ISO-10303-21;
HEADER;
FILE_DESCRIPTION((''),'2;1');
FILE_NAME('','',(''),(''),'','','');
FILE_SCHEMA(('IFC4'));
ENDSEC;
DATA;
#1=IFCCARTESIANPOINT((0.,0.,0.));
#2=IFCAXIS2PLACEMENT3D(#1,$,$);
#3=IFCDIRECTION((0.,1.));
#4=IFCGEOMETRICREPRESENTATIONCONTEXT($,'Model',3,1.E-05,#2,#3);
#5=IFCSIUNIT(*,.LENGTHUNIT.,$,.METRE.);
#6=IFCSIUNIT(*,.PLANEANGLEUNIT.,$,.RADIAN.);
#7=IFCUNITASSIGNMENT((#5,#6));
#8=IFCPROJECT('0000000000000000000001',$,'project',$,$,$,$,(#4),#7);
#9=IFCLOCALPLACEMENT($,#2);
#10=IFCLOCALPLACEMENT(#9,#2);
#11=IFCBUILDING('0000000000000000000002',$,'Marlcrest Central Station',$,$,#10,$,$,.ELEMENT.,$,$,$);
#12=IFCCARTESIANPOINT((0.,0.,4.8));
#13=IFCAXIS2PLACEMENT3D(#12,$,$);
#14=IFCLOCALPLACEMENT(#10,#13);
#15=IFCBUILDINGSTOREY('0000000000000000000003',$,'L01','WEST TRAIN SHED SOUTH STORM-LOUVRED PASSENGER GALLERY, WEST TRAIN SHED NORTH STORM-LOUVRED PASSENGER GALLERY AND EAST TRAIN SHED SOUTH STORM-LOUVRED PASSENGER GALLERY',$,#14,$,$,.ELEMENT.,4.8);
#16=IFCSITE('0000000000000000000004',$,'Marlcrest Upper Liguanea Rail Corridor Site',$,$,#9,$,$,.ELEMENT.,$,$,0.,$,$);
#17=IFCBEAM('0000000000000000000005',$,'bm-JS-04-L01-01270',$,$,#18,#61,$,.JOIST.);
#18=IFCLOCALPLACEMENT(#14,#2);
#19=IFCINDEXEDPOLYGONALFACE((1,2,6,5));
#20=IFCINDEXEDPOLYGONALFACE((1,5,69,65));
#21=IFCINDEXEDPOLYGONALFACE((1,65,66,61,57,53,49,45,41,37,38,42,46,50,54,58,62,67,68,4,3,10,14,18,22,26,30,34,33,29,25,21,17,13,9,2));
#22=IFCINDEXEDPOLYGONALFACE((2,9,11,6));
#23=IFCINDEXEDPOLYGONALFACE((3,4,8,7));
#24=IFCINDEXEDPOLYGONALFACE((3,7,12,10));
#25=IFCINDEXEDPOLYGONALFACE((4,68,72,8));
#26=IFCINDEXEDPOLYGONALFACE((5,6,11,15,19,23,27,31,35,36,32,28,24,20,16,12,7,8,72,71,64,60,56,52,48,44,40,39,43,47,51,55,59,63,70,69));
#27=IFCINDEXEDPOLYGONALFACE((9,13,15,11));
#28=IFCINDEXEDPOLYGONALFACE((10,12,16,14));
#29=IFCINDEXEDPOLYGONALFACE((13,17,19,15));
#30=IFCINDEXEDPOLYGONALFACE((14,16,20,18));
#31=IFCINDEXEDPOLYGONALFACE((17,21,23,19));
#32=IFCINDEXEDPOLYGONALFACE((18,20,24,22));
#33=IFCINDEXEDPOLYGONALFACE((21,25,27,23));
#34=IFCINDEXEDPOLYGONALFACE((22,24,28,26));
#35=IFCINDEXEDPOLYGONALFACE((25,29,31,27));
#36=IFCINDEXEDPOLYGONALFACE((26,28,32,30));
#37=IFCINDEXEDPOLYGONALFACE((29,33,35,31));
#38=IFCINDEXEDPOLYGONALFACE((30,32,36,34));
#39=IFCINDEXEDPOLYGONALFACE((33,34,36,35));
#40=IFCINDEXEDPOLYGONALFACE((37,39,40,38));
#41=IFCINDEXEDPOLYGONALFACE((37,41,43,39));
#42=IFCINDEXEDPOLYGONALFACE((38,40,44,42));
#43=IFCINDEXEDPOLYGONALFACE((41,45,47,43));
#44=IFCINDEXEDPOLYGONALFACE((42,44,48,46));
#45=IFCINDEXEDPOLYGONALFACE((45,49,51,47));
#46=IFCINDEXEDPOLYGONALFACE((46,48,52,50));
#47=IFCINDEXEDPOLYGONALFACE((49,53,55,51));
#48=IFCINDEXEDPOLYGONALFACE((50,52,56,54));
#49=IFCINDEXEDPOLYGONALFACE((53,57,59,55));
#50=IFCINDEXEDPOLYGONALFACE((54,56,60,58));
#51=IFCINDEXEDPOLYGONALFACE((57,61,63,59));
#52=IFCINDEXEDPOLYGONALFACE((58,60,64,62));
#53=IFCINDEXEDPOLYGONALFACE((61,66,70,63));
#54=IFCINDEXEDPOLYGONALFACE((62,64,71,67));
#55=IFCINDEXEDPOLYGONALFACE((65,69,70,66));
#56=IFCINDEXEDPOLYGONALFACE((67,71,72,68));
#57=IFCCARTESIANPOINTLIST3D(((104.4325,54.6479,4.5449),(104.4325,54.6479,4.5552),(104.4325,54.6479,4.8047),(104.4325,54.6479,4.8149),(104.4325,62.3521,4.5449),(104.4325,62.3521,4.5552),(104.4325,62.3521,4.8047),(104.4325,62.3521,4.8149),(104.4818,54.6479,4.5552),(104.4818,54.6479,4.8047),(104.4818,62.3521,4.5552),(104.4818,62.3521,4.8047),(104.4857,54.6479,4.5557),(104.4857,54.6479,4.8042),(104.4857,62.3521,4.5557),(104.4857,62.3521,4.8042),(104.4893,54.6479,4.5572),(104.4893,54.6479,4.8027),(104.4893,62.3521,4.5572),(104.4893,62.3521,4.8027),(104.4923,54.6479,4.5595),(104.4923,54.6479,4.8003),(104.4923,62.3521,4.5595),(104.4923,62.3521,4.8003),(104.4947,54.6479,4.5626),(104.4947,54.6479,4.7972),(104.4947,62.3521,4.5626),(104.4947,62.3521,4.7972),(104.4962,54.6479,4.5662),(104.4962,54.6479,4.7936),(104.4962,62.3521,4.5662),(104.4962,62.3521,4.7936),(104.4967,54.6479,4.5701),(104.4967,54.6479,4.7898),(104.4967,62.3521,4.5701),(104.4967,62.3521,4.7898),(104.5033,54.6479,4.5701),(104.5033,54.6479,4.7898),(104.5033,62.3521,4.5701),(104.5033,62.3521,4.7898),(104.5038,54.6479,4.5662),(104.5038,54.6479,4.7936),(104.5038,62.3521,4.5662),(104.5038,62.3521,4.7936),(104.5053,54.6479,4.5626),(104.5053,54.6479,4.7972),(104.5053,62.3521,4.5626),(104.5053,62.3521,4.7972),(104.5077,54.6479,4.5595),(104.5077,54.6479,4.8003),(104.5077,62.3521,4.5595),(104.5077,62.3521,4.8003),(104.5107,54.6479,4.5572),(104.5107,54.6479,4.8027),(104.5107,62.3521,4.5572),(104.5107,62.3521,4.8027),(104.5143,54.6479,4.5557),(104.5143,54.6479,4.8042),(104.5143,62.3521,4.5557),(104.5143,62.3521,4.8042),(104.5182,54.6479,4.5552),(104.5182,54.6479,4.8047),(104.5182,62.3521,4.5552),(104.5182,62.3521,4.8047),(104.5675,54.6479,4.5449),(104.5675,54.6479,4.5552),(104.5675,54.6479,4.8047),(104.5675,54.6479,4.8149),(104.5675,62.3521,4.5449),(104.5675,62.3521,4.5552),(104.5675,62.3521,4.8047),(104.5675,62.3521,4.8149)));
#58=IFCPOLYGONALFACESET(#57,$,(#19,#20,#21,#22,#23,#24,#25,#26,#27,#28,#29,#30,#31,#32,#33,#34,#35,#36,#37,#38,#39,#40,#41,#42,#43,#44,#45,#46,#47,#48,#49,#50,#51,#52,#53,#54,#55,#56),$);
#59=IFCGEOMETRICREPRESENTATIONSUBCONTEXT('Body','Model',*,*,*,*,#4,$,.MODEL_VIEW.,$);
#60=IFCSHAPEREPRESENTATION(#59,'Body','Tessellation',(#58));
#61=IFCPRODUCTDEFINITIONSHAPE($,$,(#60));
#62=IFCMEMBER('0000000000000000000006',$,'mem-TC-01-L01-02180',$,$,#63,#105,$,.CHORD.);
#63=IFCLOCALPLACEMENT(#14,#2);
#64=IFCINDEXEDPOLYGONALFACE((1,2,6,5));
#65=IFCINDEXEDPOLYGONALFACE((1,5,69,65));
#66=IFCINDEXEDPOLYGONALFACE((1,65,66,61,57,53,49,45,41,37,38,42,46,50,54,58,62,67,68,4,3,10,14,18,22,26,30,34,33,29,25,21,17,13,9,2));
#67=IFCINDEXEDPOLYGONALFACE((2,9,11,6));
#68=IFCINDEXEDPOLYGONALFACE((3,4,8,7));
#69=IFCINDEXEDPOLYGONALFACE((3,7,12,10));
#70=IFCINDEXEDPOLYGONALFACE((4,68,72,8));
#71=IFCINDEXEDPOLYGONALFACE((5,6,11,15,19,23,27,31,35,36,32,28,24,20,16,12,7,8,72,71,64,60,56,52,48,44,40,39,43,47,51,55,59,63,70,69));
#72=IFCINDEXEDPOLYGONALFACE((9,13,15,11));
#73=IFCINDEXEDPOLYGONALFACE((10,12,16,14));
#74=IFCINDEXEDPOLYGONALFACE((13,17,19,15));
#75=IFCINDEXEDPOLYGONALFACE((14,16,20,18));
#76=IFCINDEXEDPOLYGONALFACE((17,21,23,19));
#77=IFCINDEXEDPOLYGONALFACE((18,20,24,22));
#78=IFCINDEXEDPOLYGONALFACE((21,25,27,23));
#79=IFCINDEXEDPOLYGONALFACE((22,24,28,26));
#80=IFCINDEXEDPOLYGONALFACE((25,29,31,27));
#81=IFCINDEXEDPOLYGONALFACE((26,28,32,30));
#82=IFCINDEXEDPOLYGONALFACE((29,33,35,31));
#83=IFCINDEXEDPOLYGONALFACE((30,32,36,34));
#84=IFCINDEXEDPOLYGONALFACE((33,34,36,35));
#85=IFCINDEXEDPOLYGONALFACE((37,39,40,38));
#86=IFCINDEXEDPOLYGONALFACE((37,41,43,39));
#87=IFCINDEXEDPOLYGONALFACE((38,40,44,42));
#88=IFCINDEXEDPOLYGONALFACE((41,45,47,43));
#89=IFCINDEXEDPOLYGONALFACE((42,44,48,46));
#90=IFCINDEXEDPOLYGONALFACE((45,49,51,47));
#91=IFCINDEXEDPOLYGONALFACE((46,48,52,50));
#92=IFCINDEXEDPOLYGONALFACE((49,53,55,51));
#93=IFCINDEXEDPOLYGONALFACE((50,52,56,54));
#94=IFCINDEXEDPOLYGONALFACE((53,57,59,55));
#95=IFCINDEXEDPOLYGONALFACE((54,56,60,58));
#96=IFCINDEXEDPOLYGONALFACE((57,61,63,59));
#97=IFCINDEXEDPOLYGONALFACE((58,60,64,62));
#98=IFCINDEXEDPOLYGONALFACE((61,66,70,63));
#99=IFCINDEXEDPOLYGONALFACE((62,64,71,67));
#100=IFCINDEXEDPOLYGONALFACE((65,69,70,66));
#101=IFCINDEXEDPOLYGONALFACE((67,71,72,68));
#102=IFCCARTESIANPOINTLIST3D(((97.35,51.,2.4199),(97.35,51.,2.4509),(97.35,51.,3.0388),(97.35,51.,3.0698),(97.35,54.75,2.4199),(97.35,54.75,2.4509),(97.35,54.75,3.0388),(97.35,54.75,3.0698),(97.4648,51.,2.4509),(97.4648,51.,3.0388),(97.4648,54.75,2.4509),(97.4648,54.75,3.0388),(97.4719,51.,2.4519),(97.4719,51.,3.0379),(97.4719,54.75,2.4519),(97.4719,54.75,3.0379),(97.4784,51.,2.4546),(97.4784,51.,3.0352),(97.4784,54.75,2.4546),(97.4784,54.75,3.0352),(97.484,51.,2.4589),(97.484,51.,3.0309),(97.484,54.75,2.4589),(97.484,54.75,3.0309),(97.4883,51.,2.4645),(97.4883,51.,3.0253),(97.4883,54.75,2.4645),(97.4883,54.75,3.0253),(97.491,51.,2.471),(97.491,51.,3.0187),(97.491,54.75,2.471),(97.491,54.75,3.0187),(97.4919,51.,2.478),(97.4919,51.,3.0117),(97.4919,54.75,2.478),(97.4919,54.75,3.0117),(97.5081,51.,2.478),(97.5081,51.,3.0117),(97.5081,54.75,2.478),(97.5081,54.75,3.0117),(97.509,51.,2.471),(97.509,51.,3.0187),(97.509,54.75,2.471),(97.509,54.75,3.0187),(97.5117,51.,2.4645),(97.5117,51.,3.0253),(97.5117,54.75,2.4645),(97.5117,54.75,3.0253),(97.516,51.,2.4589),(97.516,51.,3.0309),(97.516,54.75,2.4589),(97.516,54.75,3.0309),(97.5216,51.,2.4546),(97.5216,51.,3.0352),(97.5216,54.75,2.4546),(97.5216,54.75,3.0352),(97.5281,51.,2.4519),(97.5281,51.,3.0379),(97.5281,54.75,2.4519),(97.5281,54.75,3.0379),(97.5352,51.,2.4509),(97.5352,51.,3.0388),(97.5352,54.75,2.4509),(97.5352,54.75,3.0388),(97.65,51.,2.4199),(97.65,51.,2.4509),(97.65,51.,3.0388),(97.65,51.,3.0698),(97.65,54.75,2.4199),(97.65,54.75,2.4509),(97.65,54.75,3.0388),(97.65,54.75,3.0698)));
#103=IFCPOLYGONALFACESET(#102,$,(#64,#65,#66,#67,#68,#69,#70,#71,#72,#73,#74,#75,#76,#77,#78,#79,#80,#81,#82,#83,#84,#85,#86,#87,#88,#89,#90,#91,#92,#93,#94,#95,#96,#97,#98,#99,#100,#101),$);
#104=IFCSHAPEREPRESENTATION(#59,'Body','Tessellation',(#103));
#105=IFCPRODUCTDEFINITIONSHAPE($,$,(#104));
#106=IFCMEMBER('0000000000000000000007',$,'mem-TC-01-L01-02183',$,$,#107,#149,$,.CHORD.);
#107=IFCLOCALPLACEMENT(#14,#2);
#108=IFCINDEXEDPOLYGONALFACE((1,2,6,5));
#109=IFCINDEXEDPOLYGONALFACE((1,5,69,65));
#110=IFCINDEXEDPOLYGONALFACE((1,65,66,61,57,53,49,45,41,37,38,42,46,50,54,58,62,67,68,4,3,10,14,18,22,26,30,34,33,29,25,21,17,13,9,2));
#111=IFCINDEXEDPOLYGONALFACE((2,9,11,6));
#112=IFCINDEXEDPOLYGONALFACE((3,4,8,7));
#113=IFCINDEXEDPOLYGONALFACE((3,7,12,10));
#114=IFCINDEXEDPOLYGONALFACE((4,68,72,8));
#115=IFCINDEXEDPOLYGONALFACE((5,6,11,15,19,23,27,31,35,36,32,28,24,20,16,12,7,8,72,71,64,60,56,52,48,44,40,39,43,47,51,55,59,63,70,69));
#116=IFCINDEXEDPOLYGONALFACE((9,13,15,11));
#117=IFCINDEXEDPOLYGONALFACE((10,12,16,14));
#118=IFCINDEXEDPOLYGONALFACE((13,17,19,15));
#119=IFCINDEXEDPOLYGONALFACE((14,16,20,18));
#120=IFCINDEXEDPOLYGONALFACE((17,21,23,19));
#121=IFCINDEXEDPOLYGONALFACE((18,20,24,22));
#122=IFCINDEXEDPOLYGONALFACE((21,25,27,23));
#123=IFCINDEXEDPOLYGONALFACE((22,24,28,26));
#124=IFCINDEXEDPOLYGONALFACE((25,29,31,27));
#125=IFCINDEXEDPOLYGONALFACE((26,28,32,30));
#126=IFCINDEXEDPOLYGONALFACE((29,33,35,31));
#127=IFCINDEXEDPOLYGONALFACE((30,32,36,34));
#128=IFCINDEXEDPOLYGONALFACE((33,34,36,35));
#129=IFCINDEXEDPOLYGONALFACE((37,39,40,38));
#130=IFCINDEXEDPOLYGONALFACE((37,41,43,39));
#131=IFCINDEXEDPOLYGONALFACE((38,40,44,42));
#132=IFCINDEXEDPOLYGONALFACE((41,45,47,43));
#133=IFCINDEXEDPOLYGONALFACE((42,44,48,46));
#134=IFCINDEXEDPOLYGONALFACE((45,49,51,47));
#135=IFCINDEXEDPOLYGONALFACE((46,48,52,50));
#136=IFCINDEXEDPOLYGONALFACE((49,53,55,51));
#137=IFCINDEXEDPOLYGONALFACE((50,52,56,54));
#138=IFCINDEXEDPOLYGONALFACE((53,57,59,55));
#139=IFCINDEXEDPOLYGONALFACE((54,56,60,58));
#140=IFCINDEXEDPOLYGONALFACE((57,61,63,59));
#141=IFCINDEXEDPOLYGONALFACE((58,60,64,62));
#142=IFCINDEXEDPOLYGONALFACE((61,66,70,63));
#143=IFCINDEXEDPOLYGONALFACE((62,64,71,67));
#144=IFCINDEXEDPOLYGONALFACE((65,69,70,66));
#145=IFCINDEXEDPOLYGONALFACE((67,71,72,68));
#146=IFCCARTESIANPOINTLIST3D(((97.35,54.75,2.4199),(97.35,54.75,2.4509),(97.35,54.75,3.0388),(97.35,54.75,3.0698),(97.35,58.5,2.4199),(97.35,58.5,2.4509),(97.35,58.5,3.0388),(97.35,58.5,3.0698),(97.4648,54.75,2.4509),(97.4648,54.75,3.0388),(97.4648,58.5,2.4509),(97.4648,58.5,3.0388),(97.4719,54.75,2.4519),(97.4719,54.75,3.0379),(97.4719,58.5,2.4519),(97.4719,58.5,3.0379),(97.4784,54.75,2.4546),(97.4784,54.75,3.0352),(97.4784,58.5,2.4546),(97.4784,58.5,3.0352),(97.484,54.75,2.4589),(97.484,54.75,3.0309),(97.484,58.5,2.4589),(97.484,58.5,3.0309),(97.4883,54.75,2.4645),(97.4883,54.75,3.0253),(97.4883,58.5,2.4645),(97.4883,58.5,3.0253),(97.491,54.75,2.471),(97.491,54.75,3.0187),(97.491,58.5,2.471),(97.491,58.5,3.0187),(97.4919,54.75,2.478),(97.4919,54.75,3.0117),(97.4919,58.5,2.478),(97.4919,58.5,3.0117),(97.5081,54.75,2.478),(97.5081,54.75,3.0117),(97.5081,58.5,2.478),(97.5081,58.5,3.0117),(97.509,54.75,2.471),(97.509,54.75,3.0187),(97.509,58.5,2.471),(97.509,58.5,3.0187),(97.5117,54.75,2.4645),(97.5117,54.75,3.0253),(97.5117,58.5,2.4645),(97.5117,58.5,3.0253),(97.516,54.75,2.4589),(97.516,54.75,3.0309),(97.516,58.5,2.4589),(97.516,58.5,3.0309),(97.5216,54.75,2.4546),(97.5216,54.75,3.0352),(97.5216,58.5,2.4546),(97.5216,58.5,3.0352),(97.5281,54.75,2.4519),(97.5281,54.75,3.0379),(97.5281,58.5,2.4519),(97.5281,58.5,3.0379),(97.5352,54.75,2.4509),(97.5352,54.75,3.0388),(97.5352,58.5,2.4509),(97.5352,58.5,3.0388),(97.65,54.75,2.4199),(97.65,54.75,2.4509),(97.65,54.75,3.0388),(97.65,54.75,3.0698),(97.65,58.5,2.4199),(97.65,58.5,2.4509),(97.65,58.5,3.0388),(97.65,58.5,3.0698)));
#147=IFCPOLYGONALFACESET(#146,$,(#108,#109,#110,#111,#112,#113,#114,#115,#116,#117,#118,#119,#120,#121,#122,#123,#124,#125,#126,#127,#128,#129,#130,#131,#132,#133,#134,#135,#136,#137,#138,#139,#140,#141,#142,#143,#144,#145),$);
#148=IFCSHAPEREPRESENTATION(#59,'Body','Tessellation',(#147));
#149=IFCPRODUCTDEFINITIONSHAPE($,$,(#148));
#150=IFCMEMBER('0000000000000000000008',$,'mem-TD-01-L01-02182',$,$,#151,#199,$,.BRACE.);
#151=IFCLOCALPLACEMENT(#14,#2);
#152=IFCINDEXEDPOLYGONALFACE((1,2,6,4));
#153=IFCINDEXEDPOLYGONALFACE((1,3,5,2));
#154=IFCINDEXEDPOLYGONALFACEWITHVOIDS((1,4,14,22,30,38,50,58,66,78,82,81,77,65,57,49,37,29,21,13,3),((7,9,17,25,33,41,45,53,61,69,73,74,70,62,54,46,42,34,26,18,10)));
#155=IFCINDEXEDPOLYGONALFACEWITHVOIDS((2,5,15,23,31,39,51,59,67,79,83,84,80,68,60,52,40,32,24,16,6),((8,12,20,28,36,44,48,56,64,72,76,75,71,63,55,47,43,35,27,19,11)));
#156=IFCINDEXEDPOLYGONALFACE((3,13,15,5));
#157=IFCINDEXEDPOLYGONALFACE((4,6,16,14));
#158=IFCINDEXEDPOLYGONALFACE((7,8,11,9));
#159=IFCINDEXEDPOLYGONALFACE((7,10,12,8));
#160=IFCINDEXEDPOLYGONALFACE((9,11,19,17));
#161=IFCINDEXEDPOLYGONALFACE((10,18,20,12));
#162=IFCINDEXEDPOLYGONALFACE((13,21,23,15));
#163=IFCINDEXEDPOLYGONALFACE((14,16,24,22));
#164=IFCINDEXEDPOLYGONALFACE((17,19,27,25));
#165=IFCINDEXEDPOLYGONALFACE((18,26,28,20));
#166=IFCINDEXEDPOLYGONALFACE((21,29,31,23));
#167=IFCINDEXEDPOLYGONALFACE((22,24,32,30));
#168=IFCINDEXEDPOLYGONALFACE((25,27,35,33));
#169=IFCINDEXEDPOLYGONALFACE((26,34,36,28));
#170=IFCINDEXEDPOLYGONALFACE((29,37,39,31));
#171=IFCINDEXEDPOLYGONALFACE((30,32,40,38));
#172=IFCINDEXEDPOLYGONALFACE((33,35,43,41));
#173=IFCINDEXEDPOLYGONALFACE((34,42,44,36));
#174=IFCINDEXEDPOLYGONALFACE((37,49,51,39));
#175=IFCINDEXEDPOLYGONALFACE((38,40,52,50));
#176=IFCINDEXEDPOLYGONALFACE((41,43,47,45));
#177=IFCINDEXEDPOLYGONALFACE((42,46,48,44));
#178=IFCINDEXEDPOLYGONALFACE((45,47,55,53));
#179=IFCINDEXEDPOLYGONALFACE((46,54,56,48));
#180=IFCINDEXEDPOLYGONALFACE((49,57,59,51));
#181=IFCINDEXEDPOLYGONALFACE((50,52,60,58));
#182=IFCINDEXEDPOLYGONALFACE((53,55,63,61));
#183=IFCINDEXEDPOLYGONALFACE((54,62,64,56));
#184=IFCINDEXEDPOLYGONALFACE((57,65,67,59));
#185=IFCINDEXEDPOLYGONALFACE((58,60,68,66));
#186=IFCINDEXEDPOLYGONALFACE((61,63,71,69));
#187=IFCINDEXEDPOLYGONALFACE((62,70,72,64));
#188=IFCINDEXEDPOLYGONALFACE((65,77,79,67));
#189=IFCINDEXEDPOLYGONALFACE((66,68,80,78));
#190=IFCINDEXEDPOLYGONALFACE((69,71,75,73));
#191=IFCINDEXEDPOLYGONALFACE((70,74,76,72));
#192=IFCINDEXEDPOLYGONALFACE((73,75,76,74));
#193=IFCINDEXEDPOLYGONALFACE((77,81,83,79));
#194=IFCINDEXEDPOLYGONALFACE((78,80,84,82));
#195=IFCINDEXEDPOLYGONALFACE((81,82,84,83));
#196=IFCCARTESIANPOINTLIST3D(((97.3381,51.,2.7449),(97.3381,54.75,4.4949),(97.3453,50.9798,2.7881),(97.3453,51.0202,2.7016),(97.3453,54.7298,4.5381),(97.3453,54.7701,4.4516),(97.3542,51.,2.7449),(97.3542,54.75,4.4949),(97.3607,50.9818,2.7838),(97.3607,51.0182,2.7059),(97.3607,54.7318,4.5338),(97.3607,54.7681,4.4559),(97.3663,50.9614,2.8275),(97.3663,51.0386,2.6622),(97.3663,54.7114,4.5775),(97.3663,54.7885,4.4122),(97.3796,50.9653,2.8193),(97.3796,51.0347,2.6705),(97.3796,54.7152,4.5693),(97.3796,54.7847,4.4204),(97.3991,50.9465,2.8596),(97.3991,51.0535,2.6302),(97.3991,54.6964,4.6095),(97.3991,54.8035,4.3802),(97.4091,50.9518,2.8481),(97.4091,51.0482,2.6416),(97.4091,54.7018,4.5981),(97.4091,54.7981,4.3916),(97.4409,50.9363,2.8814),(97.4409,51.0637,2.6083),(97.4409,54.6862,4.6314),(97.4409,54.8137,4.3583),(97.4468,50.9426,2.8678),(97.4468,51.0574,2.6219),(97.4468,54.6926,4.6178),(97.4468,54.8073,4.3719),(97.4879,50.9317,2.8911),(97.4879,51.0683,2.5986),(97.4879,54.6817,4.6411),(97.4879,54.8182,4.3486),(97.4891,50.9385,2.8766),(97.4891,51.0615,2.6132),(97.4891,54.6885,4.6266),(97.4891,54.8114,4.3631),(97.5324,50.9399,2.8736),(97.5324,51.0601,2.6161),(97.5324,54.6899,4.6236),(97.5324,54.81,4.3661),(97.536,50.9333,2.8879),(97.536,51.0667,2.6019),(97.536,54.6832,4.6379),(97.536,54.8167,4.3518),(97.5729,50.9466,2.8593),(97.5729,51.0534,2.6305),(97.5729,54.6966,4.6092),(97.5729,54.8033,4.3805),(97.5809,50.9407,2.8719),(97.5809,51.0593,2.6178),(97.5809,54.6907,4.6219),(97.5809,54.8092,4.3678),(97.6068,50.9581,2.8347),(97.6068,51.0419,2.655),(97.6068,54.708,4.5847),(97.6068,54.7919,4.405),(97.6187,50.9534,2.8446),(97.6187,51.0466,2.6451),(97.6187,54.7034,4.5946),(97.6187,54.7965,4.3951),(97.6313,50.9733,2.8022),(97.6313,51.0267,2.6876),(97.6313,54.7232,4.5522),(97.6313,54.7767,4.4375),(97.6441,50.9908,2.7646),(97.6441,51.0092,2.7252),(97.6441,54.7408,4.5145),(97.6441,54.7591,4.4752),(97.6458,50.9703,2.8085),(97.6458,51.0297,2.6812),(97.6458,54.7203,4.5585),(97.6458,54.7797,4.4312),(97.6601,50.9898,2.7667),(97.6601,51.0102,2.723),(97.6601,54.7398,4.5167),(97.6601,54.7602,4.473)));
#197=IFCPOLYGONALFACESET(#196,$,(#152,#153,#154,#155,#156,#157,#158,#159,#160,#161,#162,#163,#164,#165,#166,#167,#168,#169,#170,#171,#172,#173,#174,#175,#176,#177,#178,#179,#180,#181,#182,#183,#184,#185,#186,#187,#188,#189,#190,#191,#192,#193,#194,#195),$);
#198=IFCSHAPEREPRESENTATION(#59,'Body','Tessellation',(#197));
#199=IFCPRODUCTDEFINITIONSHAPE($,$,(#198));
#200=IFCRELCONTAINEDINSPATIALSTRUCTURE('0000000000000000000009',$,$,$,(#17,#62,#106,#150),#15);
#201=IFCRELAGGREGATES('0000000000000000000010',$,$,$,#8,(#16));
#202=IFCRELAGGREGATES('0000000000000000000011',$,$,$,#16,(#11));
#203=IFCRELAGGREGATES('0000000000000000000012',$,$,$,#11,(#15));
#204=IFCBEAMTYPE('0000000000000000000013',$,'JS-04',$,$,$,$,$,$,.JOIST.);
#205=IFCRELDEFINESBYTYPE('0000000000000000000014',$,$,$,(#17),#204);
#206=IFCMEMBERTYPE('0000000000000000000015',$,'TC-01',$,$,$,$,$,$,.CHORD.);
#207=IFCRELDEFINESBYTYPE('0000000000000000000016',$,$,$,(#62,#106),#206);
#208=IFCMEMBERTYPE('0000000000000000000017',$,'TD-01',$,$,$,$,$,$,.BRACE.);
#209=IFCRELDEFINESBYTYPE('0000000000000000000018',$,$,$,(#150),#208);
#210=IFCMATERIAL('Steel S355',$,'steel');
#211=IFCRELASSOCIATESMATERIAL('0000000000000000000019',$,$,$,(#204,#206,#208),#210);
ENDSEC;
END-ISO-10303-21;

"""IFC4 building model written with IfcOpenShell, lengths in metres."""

from ifc_helpers import new_model, si_unit, direction, frame, origin, origin_2d, place, context, subcontext, project, spatial, hollow_circle, i_section, extrude, material, material_profile, profile_set, type_object, element, save


model = new_model("IFC4")

# Units and contexts
model_context = context("Model", 3, precision=1e-05, world=origin(), true_north=direction((0.0, 1.0)))
body_context = subcontext(model_context, "Body", "Model", "MODEL_VIEW")
ifc_project = project(units=[si_unit("LENGTHUNIT", "METRE"), si_unit("PLANEANGLEUNIT", "RADIAN")], contexts=[model_context])

# Site, building, storey
site_placement = place(None, origin())
site = spatial("IfcSite", under=ifc_project, at=site_placement, Name="Marlcrest Upper Liguanea Rail Corridor Site", CompositionType="ELEMENT", RefElevation=0.0)
building_placement = place(site_placement, origin())
building = spatial("IfcBuilding", under=site, at=building_placement, Name="Marlcrest Central Station", CompositionType="ELEMENT")
storey_placement = place(building_placement, frame((0.0, 0.0, 4.8)))
storey = spatial("IfcBuildingStorey", under=building, at=storey_placement, Name="L01", Description="WEST TRAIN SHED SOUTH STORM-LOUVRED PASSENGER GALLERY, WEST TRAIN SHED NORTH STORM-LOUVRED PASSENGER GALLERY AND EAST TRAIN SHED SOUTH STORM-LOUVRED PASSENGER GALLERY", CompositionType="ELEMENT", Elevation=4.8)

# Shared definitions
ifc_material_1 = material(Name="Steel S355", Category="steel")

# Beam
ifc_material_profile_1 = material_profile(ifc_material_1, i_section(OverallWidth=0.135, OverallDepth=0.27, WebThickness=0.0066, FlangeThickness=0.0103, FilletRadius=0.0149, at=origin_2d()), Name="IPE 270")
ifc_profile_set_1 = profile_set([ifc_material_profile_1], Name="Steel S355")
beam_type_1 = type_object("IfcBeamType", Name="JS-04", PredefinedType="JOIST", material=ifc_profile_set_1)
for number, where, z_axis, x_axis, name in (
    (1, (104.5, 54.6479, 4.6799), (0.0, 1.0, 0.0), (-1.0, 0.0, 0.0), "bm-JS-04-L01-01270"),
):
    element("IfcBeam", number, at=place(storey_placement, frame(where, z_axis=z_axis, x_axis=x_axis)), inside=storey, type_object=beam_type_1, Name=name, PredefinedType="JOIST", context=body_context, shape_type="SweptSolid", body=[
        extrude(i_section(OverallWidth=0.135, OverallDepth=0.27, WebThickness=0.0066, FlangeThickness=0.0103, FilletRadius=0.0149, at=origin_2d()), origin(), (0.0, 0.0, 1.0), 7.7041),
    ])

# Members
ifc_material_profile_2 = material_profile(ifc_material_1, i_section(OverallWidth=0.3, OverallDepth=0.6499, WebThickness=0.0161, FlangeThickness=0.031, FilletRadius=0.0271, at=origin_2d()), Name="HEB 650")
ifc_profile_set_2 = profile_set([ifc_material_profile_2], Name="Steel S355")
member_type_1 = type_object("IfcMemberType", Name="TC-01", PredefinedType="CHORD", material=ifc_profile_set_2)
for number, where, z_axis, x_axis, name in (
    (2, (97.5, 51.0, 2.7449), (0.0, 1.0, 0.0), (-1.0, 0.0, 0.0), "mem-TC-01-L01-02180"),
    (3, (97.5, 54.75, 2.7449), (0.0, 1.0, 0.0), (-1.0, 0.0, 0.0), "mem-TC-01-L01-02183"),
):
    element("IfcMember", number, at=place(storey_placement, frame(where, z_axis=z_axis, x_axis=x_axis)), inside=storey, type_object=member_type_1, Name=name, PredefinedType="CHORD", context=body_context, shape_type="SweptSolid", body=[
        extrude(i_section(OverallWidth=0.3, OverallDepth=0.6499, WebThickness=0.0161, FlangeThickness=0.031, FilletRadius=0.0271, at=origin_2d()), origin(), (0.0, 0.0, 1.0), 3.75),
    ])
ifc_material_profile_3 = material_profile(ifc_material_1, hollow_circle(Radius=0.1619, WallThickness=0.0161, at=origin_2d()), Name="CHS 323.9x16")
ifc_profile_set_3 = profile_set([ifc_material_profile_3], Name="Steel S355")
member_type_2 = type_object("IfcMemberType", Name="TD-01", PredefinedType="BRACE", material=ifc_profile_set_3)
for number, where, z_axis, x_axis, name in (
    (4, (97.5, 51.0, 2.7449), (0.0, 0.906183, 0.422885), (-1.0, 0.0, 0.0), "mem-TD-01-L01-02182"),
):
    element("IfcMember", number, at=place(storey_placement, frame(where, z_axis=z_axis, x_axis=x_axis)), inside=storey, type_object=member_type_2, Name=name, PredefinedType="BRACE", context=body_context, shape_type="SweptSolid", body=[
        extrude(hollow_circle(Radius=0.1619, WallThickness=0.0161, at=origin_2d()), origin(), (0.0, 0.0, 1.0), 4.1382),
    ])

save(model, "model.ifc")
